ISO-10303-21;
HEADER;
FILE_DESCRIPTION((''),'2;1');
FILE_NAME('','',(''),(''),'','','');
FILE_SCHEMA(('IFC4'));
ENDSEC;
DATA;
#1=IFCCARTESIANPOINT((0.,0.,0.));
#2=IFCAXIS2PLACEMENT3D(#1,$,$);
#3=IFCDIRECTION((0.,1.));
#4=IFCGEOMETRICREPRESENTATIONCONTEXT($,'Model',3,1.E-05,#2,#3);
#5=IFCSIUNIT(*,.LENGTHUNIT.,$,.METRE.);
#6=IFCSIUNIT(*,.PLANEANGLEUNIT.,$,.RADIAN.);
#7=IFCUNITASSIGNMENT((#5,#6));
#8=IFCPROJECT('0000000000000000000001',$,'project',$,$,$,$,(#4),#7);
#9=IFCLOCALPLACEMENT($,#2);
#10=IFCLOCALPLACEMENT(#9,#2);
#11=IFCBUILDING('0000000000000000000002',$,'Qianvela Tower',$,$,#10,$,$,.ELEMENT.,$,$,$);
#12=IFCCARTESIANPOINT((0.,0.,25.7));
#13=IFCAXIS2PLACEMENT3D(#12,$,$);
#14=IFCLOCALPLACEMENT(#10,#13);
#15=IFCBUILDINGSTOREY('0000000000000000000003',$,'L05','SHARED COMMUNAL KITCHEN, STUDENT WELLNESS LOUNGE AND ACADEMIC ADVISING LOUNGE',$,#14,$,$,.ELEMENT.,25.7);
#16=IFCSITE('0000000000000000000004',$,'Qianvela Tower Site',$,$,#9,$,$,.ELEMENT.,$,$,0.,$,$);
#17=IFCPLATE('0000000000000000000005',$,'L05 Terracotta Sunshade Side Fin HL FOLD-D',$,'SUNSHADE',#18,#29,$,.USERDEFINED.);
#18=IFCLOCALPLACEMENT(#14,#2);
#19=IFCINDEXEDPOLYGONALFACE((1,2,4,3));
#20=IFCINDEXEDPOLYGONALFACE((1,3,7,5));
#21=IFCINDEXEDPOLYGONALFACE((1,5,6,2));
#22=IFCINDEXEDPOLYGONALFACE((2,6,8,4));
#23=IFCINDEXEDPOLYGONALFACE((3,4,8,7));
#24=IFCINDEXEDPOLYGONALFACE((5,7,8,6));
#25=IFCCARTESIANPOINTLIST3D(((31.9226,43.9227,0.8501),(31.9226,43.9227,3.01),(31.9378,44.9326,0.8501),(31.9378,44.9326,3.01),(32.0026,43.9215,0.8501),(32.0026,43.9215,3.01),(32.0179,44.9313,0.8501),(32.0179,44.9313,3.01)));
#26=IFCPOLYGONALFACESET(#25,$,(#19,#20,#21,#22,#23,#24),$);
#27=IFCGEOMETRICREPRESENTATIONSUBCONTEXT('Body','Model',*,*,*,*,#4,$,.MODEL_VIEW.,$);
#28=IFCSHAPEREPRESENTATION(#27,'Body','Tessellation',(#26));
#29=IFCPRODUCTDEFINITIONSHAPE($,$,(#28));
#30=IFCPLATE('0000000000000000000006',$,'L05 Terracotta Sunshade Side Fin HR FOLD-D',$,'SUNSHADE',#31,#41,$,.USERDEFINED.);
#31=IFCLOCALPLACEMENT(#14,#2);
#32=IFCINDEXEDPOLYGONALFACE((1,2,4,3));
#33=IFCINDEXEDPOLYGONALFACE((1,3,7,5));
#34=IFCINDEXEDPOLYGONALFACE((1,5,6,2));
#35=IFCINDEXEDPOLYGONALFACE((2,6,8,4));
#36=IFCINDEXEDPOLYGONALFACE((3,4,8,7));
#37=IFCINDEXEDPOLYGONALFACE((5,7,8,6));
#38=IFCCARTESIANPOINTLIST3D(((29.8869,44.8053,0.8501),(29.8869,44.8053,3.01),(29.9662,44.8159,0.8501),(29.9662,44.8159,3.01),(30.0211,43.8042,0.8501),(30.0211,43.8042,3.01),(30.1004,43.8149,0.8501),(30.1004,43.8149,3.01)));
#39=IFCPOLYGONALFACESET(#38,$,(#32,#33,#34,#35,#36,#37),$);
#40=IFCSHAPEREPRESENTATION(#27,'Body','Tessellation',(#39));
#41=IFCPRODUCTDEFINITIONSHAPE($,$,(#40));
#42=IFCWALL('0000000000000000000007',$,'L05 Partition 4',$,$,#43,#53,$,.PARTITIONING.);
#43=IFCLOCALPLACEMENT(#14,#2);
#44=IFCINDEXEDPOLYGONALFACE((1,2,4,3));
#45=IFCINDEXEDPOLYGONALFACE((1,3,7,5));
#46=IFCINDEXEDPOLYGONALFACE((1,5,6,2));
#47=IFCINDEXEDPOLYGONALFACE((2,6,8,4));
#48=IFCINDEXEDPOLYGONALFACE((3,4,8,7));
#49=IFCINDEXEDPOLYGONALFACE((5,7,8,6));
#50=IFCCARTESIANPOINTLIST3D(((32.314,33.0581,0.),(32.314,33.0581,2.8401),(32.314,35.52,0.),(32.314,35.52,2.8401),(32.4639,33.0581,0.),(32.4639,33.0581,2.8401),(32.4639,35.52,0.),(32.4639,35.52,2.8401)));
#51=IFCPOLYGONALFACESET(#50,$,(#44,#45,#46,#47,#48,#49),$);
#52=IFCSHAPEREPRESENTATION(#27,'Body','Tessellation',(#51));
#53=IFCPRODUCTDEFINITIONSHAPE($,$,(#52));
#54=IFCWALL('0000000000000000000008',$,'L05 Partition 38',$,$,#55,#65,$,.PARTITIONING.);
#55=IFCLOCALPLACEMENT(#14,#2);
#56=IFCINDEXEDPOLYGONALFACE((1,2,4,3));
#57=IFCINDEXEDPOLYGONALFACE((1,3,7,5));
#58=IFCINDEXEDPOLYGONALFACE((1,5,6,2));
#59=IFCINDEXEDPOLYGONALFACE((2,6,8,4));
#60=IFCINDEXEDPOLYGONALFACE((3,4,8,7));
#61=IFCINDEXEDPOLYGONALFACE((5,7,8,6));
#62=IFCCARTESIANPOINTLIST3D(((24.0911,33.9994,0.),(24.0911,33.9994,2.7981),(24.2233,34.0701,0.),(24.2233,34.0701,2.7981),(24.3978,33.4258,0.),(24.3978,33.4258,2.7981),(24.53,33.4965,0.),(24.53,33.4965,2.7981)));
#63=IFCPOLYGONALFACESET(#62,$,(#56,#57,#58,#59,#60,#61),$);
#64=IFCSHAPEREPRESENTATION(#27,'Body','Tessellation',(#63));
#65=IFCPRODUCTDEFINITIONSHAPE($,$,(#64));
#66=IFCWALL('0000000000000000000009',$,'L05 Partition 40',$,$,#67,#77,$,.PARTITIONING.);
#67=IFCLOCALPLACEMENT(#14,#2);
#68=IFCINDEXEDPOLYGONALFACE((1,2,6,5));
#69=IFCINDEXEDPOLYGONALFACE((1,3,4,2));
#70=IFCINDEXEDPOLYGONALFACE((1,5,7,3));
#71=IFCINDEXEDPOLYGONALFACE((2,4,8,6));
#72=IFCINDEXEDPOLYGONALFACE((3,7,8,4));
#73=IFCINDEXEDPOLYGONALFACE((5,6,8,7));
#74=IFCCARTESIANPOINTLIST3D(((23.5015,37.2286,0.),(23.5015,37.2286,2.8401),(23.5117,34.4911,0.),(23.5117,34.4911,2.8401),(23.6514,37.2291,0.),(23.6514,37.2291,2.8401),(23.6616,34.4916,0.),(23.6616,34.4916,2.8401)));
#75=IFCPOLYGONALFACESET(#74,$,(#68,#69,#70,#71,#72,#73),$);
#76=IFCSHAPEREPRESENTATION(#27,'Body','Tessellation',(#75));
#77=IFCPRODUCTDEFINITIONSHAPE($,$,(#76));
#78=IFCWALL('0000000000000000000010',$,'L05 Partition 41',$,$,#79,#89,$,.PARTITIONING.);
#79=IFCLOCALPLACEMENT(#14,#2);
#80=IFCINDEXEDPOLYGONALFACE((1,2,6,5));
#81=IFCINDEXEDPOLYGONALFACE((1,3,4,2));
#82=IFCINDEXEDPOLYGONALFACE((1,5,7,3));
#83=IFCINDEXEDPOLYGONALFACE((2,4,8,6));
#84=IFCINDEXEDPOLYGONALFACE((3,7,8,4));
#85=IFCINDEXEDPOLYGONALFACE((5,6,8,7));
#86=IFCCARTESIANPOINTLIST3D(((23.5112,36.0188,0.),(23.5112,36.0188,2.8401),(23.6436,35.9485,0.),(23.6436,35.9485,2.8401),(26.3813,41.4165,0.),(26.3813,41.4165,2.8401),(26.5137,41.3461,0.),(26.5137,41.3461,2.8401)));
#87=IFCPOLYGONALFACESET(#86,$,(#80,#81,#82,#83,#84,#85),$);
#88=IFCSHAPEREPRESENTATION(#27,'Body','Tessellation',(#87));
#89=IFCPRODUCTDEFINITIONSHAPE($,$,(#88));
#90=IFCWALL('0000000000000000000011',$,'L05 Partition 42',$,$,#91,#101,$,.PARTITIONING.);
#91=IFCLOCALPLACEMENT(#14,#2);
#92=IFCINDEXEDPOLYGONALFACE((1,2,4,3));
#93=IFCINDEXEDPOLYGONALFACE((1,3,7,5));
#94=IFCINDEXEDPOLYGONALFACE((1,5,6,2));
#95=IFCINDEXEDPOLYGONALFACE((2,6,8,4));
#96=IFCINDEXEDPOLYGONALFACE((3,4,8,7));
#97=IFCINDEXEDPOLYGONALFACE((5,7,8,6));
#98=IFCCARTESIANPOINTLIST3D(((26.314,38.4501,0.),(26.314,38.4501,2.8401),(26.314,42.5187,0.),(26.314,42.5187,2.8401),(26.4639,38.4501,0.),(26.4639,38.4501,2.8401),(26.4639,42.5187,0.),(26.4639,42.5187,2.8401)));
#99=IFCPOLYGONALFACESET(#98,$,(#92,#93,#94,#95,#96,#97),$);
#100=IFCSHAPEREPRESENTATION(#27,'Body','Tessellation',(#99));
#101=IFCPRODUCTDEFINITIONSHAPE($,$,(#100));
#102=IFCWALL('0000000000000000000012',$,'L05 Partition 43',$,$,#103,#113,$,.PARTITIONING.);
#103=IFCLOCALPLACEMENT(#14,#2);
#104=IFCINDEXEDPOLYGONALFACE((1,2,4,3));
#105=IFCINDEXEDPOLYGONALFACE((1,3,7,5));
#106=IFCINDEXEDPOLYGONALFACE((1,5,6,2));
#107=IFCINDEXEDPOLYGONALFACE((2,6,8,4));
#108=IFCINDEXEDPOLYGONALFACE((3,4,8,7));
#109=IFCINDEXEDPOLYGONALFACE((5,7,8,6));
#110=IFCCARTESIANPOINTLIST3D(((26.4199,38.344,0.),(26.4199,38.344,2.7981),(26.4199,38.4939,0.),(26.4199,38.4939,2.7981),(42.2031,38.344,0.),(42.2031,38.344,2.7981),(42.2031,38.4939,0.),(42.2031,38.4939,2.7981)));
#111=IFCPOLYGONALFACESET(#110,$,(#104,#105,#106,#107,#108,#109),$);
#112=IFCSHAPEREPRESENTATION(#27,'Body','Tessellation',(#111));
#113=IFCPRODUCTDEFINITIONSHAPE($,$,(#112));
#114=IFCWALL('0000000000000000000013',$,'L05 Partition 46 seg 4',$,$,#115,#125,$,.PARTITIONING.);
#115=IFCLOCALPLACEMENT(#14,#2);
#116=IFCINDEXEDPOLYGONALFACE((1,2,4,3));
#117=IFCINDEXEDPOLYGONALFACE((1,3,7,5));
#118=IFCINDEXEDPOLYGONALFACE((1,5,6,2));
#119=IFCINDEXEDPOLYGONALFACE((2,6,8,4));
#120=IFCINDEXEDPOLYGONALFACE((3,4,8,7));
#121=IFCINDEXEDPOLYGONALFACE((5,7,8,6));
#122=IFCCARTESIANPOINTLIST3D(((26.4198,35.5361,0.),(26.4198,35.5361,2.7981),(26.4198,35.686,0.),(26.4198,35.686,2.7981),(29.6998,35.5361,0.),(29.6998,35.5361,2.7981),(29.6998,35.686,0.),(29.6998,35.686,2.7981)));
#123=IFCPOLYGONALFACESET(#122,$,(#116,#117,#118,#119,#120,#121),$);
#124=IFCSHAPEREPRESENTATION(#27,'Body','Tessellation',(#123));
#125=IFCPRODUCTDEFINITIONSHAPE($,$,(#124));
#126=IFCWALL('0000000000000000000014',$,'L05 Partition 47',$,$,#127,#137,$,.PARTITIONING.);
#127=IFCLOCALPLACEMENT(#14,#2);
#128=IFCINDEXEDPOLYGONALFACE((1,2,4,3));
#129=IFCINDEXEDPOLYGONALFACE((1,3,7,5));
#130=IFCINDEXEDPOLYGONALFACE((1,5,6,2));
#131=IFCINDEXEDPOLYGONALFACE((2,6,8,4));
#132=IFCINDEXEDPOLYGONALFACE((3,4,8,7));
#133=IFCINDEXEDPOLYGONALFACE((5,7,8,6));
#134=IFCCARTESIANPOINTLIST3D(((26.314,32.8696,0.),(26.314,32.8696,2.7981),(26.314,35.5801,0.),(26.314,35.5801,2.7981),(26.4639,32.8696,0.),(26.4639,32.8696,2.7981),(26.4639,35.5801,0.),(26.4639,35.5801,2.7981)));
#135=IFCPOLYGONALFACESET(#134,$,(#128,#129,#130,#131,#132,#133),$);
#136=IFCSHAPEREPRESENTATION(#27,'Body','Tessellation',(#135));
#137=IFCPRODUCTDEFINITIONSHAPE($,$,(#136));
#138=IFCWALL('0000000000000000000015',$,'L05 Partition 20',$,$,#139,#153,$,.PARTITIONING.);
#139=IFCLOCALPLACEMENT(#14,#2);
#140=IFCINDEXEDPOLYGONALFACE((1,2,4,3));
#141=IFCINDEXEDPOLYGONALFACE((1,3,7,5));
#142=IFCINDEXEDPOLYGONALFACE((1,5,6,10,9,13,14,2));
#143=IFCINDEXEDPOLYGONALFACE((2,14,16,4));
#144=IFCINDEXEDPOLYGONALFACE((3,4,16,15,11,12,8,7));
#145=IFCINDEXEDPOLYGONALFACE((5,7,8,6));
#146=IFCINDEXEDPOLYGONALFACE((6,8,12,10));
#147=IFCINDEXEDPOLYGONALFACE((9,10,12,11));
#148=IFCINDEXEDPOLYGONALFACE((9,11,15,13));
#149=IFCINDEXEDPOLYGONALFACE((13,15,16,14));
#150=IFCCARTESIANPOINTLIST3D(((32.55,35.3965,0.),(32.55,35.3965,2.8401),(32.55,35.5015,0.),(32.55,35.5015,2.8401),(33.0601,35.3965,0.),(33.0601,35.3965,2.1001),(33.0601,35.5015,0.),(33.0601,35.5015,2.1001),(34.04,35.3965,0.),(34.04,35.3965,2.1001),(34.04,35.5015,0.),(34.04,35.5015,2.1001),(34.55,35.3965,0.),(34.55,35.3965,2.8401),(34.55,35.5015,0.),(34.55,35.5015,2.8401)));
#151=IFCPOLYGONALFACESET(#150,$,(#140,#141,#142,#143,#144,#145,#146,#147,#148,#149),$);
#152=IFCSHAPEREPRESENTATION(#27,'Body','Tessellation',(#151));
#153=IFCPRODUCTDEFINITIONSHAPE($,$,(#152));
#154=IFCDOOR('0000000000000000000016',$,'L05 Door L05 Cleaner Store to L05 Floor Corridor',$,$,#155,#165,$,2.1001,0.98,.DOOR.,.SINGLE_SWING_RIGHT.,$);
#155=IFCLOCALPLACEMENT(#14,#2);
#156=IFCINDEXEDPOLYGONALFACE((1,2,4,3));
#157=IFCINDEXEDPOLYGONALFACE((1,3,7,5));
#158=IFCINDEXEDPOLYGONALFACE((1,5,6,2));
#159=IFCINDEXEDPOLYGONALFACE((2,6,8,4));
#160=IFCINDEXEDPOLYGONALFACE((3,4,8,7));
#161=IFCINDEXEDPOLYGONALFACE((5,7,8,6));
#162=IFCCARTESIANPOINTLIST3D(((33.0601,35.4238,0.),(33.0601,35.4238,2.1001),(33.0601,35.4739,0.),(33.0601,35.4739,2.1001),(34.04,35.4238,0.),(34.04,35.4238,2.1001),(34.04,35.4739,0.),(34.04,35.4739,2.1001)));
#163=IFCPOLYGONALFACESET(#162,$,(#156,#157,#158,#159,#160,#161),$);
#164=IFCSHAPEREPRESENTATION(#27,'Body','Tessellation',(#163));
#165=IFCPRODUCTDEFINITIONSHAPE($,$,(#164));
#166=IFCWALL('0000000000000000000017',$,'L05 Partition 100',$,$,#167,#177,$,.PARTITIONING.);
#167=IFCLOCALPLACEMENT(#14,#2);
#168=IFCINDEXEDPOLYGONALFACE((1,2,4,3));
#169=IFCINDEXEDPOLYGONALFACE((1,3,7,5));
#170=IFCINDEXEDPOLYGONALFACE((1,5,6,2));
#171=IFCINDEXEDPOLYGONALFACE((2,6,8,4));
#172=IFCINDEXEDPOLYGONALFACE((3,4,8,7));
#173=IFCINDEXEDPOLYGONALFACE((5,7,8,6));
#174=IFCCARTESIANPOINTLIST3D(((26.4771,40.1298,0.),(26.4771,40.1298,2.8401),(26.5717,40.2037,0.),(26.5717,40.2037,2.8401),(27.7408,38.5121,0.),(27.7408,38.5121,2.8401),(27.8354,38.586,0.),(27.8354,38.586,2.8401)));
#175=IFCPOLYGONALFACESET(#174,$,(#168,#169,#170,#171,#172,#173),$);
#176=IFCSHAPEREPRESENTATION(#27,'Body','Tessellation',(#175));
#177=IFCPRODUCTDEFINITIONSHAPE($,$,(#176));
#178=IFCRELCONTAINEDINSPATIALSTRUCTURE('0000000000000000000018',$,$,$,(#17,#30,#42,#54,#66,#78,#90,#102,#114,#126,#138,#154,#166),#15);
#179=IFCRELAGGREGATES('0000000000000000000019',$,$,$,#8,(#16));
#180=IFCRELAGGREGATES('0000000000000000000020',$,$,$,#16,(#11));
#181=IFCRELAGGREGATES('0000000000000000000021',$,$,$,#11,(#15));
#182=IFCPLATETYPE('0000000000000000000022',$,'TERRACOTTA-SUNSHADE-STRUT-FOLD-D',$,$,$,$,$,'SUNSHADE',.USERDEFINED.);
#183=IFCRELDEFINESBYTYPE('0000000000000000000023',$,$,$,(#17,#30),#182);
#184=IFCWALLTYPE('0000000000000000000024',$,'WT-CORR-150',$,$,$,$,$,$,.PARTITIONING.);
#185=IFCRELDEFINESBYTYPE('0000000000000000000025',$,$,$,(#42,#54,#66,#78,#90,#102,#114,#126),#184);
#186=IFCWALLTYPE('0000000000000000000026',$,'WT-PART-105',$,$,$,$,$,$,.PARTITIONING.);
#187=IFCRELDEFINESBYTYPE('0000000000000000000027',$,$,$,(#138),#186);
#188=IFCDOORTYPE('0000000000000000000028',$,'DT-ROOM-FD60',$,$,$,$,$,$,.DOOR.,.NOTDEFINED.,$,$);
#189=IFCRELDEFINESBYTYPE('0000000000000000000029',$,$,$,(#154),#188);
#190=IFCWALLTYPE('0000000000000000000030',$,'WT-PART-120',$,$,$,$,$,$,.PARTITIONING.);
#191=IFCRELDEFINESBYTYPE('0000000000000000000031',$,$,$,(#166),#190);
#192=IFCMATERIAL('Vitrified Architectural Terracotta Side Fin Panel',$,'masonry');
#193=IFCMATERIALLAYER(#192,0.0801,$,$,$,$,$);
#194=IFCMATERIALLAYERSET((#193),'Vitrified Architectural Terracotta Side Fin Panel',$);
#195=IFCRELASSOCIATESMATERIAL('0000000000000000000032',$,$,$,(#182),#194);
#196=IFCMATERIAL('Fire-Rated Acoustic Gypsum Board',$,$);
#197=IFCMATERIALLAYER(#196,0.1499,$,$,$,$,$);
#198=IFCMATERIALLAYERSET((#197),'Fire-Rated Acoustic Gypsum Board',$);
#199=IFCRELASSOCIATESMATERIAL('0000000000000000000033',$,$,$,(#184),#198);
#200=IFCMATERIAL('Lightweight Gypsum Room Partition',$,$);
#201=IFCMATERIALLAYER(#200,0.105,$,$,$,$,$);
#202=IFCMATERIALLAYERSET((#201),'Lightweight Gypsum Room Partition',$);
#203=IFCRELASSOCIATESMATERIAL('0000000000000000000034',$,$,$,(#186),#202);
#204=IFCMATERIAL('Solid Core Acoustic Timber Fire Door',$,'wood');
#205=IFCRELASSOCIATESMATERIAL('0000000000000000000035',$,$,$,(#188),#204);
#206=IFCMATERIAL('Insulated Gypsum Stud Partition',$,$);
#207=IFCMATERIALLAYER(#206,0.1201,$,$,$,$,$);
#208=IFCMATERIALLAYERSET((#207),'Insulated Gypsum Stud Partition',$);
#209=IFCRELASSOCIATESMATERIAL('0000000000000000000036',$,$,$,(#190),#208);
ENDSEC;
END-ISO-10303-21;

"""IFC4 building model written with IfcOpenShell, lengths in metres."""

from ifc_helpers import new_model, si_unit, direction, frame, frame_2d, origin, origin_2d, place, context, subcontext, project, spatial, rectangle, extrude, material, layer, layer_set, type_object, element, fill, save


model = new_model("IFC4")

# Units and contexts
model_context = context("Model", 3, precision=1e-05, world=origin(), true_north=direction((0.0, 1.0)))
body_context = subcontext(model_context, "Body", "Model", "MODEL_VIEW")
ifc_project = project(units=[si_unit("LENGTHUNIT", "METRE"), si_unit("PLANEANGLEUNIT", "RADIAN")], contexts=[model_context])

# Site, building, storey
site_placement = place(None, origin())
site = spatial("IfcSite", under=ifc_project, at=site_placement, Name="Qianvela Tower Site", CompositionType="ELEMENT", RefElevation=0.0)
building_placement = place(site_placement, origin())
building = spatial("IfcBuilding", under=site, at=building_placement, Name="Qianvela Tower", CompositionType="ELEMENT")
storey_placement = place(building_placement, frame((0.0, 0.0, 25.7)))
storey = spatial("IfcBuildingStorey", under=building, at=storey_placement, Name="L05", Description="SHARED COMMUNAL KITCHEN, STUDENT WELLNESS LOUNGE AND ACADEMIC ADVISING LOUNGE", CompositionType="ELEMENT", Elevation=25.7)

# Plates
ifc_material_1 = material(Name="Vitrified Architectural Terracotta Side Fin Panel", Category="masonry")
ifc_layer_1 = layer(ifc_material_1, 0.0801)
ifc_layer_set_1 = layer_set([ifc_layer_1], Name="Vitrified Architectural Terracotta Side Fin Panel")
plate_type_1 = type_object("IfcPlateType", Name="TERRACOTTA-SUNSHADE-STRUT-FOLD-D", ElementType="SUNSHADE", PredefinedType="USERDEFINED", material=ifc_layer_set_1)
for number, where, z_axis, x_axis, name in (
    (1, (31.9702, 44.427, 0.8501), (0.0, 0.0, 1.0), (-0.999886, 0.015081, 0.0), "L05 Terracotta Sunshade Side Fin HL FOLD-D"),
    (2, (29.9937, 44.3101, 0.8501), (0.0, 0.0, 1.0), (-0.991132, -0.132877, 0.0), "L05 Terracotta Sunshade Side Fin HR FOLD-D"),
):
    element("IfcPlate", number, at=place(storey_placement, frame(where, z_axis=z_axis, x_axis=x_axis)), inside=storey, type_object=plate_type_1, Name=name, ObjectType="SUNSHADE", PredefinedType="USERDEFINED", context=body_context, shape_type="SweptSolid", body=[
        extrude(rectangle(XDim=0.0801, YDim=1.01, at=origin_2d()), origin(), (0.0, 0.0, 1.0), 2.1599),
    ])

# Shared definitions
ifc_material_2 = material(Name="Fire-Rated Acoustic Gypsum Board")
ifc_layer_2 = layer(ifc_material_2, 0.1499)
ifc_layer_set_2 = layer_set([ifc_layer_2], Name="Fire-Rated Acoustic Gypsum Board")
wall_type_1 = type_object("IfcWallType", Name="WT-CORR-150", PredefinedType="PARTITIONING", material=ifc_layer_set_2)

# Walls
wall_1_placement = place(storey_placement, frame((32.3889, 35.52, 0.0), z_axis=(0.0, 0.0, 1.0), x_axis=(0.0, -1.0, 0.0)))
element("IfcWall", 3, at=wall_1_placement, inside=storey, type_object=wall_type_1, Name="L05 Partition 4", PredefinedType="PARTITIONING", context=body_context, shape_type="SweptSolid", body=[
    extrude(rectangle(XDim=2.4619, YDim=0.1499, at=frame_2d((1.231, 0.0))), origin(), (0.0, 0.0, 1.0), 2.8401),
])
wall_2_placement = place(storey_placement, frame((24.4639, 33.4612, 0.0), z_axis=(0.0, 0.0, 1.0), x_axis=(-0.471523, 0.881854, 0.0)))
element("IfcWall", 4, at=wall_2_placement, inside=storey, type_object=wall_type_1, Name="L05 Partition 38", PredefinedType="PARTITIONING", context=body_context, shape_type="SweptSolid", body=[
    extrude(rectangle(XDim=0.6504, YDim=0.1499, at=frame_2d((0.3252, 0.0))), origin(), (0.0, 0.0, 1.0), 2.7981),
])
wall_3_placement = place(storey_placement, frame((23.5867, 34.4915, 0.0), z_axis=(0.0, 0.0, 1.0), x_axis=(-0.003746, 0.999993, 0.0)))
element("IfcWall", 5, at=wall_3_placement, inside=storey, type_object=wall_type_1, Name="L05 Partition 40", PredefinedType="PARTITIONING", context=body_context, shape_type="SweptSolid", body=[
    extrude(rectangle(XDim=2.7375, YDim=0.1499, at=frame_2d((1.3687, 0.0))), origin(), (0.0, 0.0, 1.0), 2.8401),
])
wall_4_placement = place(storey_placement, frame((23.5774, 35.9836, 0.0), z_axis=(0.0, 0.0, 1.0), x_axis=(0.469485, 0.88294, 0.0)))
element("IfcWall", 6, at=wall_4_placement, inside=storey, type_object=wall_type_1, Name="L05 Partition 41", PredefinedType="PARTITIONING", context=body_context, shape_type="SweptSolid", body=[
    extrude(rectangle(XDim=6.1133, YDim=0.1499, at=frame_2d((3.0566, 0.0))), origin(), (0.0, 0.0, 1.0), 2.8401),
])
wall_5_placement = place(storey_placement, frame((26.3889, 42.5186, 0.0), z_axis=(0.0, 0.0, 1.0), x_axis=(0.0, -1.0, 0.0)))
element("IfcWall", 7, at=wall_5_placement, inside=storey, type_object=wall_type_1, Name="L05 Partition 42", PredefinedType="PARTITIONING", context=body_context, shape_type="SweptSolid", body=[
    extrude(rectangle(XDim=4.0686, YDim=0.1499, at=frame_2d((2.0342, 0.0))), origin(), (0.0, 0.0, 1.0), 2.8401),
])
wall_6_placement = place(storey_placement, frame((26.4199, 38.4189, 0.0), z_axis=(0.0, 0.0, 1.0), x_axis=(1.0, 0.0, 0.0)))
element("IfcWall", 8, at=wall_6_placement, inside=storey, type_object=wall_type_1, Name="L05 Partition 43", PredefinedType="PARTITIONING", context=body_context, shape_type="SweptSolid", body=[
    extrude(rectangle(XDim=15.7832, YDim=0.1499, at=frame_2d((7.8916, 0.0))), origin(), (0.0, 0.0, 1.0), 2.7981),
])
wall_7_placement = place(storey_placement, frame((29.7, 35.6111, 0.0), z_axis=(0.0, 0.0, 1.0), x_axis=(-1.0, 0.0, 0.0)))
element("IfcWall", 9, at=wall_7_placement, inside=storey, type_object=wall_type_1, Name="L05 Partition 46 seg 4", PredefinedType="PARTITIONING", context=body_context, shape_type="SweptSolid", body=[
    extrude(rectangle(XDim=3.28, YDim=0.1499, at=frame_2d((1.6401, 0.0))), origin(), (0.0, 0.0, 1.0), 2.7981),
])
wall_8_placement = place(storey_placement, frame((26.3889, 35.5801, 0.0), z_axis=(0.0, 0.0, 1.0), x_axis=(0.0, -1.0, 0.0)))
element("IfcWall", 10, at=wall_8_placement, inside=storey, type_object=wall_type_1, Name="L05 Partition 47", PredefinedType="PARTITIONING", context=body_context, shape_type="SweptSolid", body=[
    extrude(rectangle(XDim=2.7104, YDim=0.1499, at=frame_2d((1.3552, 0.0))), origin(), (0.0, 0.0, 1.0), 2.7981),
])

# Wall, opening, door
ifc_material_3 = material(Name="Lightweight Gypsum Room Partition")
ifc_layer_3 = layer(ifc_material_3, 0.105)
ifc_layer_set_3 = layer_set([ifc_layer_3], Name="Lightweight Gypsum Room Partition")
wall_type_2 = type_object("IfcWallType", Name="WT-PART-105", PredefinedType="PARTITIONING", material=ifc_layer_set_3)
wall_9_placement = place(storey_placement, frame((32.55, 35.449, 0.0), z_axis=(0.0, 0.0, 1.0), x_axis=(1.0, 0.0, 0.0)))
wall_9 = element("IfcWall", 11, at=wall_9_placement, inside=storey, type_object=wall_type_2, Name="L05 Partition 20", PredefinedType="PARTITIONING", context=body_context, shape_type="SweptSolid", body=[
    extrude(rectangle(XDim=2.0, YDim=0.105, at=frame_2d((1.0, 0.0))), origin(), (0.0, 0.0, 1.0), 2.8401),
])
opening_1_placement = place(wall_9_placement, frame((0.51, 0.0, 0.0)))
opening_1 = element("IfcOpeningElement", 12, at=opening_1_placement, cuts=wall_9, PredefinedType="OPENING", context=body_context, shape_type="SweptSolid", body=[
    extrude(rectangle(XDim=0.98, YDim=2.1001, at=frame_2d((0.49, 1.05))), frame((0.0, 0.0625, 0.0), z_axis=(0.0, -1.0, 0.0), x_axis=(1.0, 0.0, 0.0)), (0.0, 0.0, 1.0), 0.125),
])
ifc_material_4 = material(Name="Solid Core Acoustic Timber Fire Door", Category="wood")
door_type_1 = type_object("IfcDoorType", Name="DT-ROOM-FD60", OperationType="NOTDEFINED", PredefinedType="DOOR", material=ifc_material_4)
door_1_placement = place(opening_1_placement, origin())
door_1 = element("IfcDoor", 13, at=door_1_placement, inside=storey, type_object=door_type_1, Name="L05 Door L05 Cleaner Store to L05 Floor Corridor", OperationType="SINGLE_SWING_RIGHT", OverallHeight=2.1001, OverallWidth=0.98, PredefinedType="DOOR", context=body_context, shape_type="SweptSolid", body=[
    extrude(rectangle(XDim=0.98, YDim=2.1001, at=frame_2d((0.49, 1.05))), frame((0.0, 0.0249, 0.0), z_axis=(0.0, -1.0, 0.0), x_axis=(1.0, 0.0, 0.0)), (0.0, 0.0, 1.0), 0.05),
])
fill(opening_1, door_1)

# Wall
ifc_material_5 = material(Name="Insulated Gypsum Stud Partition")
ifc_layer_4 = layer(ifc_material_5, 0.1201)
ifc_layer_set_4 = layer_set([ifc_layer_4], Name="Insulated Gypsum Stud Partition")
wall_type_3 = type_object("IfcWallType", Name="WT-PART-120", PredefinedType="PARTITIONING", material=ifc_layer_set_4)
wall_10_placement = place(storey_placement, frame((27.7881, 38.5491, 0.0), z_axis=(0.0, 0.0, 1.0), x_axis=(-0.615602, 0.788057, 0.0)))
element("IfcWall", 14, at=wall_10_placement, inside=storey, type_object=wall_type_3, Name="L05 Partition 100", PredefinedType="PARTITIONING", context=body_context, shape_type="SweptSolid", body=[
    extrude(rectangle(XDim=2.0527, YDim=0.1201, at=frame_2d((1.0264, 0.0))), origin(), (0.0, 0.0, 1.0), 2.8401),
])

save(model, "model.ifc")
